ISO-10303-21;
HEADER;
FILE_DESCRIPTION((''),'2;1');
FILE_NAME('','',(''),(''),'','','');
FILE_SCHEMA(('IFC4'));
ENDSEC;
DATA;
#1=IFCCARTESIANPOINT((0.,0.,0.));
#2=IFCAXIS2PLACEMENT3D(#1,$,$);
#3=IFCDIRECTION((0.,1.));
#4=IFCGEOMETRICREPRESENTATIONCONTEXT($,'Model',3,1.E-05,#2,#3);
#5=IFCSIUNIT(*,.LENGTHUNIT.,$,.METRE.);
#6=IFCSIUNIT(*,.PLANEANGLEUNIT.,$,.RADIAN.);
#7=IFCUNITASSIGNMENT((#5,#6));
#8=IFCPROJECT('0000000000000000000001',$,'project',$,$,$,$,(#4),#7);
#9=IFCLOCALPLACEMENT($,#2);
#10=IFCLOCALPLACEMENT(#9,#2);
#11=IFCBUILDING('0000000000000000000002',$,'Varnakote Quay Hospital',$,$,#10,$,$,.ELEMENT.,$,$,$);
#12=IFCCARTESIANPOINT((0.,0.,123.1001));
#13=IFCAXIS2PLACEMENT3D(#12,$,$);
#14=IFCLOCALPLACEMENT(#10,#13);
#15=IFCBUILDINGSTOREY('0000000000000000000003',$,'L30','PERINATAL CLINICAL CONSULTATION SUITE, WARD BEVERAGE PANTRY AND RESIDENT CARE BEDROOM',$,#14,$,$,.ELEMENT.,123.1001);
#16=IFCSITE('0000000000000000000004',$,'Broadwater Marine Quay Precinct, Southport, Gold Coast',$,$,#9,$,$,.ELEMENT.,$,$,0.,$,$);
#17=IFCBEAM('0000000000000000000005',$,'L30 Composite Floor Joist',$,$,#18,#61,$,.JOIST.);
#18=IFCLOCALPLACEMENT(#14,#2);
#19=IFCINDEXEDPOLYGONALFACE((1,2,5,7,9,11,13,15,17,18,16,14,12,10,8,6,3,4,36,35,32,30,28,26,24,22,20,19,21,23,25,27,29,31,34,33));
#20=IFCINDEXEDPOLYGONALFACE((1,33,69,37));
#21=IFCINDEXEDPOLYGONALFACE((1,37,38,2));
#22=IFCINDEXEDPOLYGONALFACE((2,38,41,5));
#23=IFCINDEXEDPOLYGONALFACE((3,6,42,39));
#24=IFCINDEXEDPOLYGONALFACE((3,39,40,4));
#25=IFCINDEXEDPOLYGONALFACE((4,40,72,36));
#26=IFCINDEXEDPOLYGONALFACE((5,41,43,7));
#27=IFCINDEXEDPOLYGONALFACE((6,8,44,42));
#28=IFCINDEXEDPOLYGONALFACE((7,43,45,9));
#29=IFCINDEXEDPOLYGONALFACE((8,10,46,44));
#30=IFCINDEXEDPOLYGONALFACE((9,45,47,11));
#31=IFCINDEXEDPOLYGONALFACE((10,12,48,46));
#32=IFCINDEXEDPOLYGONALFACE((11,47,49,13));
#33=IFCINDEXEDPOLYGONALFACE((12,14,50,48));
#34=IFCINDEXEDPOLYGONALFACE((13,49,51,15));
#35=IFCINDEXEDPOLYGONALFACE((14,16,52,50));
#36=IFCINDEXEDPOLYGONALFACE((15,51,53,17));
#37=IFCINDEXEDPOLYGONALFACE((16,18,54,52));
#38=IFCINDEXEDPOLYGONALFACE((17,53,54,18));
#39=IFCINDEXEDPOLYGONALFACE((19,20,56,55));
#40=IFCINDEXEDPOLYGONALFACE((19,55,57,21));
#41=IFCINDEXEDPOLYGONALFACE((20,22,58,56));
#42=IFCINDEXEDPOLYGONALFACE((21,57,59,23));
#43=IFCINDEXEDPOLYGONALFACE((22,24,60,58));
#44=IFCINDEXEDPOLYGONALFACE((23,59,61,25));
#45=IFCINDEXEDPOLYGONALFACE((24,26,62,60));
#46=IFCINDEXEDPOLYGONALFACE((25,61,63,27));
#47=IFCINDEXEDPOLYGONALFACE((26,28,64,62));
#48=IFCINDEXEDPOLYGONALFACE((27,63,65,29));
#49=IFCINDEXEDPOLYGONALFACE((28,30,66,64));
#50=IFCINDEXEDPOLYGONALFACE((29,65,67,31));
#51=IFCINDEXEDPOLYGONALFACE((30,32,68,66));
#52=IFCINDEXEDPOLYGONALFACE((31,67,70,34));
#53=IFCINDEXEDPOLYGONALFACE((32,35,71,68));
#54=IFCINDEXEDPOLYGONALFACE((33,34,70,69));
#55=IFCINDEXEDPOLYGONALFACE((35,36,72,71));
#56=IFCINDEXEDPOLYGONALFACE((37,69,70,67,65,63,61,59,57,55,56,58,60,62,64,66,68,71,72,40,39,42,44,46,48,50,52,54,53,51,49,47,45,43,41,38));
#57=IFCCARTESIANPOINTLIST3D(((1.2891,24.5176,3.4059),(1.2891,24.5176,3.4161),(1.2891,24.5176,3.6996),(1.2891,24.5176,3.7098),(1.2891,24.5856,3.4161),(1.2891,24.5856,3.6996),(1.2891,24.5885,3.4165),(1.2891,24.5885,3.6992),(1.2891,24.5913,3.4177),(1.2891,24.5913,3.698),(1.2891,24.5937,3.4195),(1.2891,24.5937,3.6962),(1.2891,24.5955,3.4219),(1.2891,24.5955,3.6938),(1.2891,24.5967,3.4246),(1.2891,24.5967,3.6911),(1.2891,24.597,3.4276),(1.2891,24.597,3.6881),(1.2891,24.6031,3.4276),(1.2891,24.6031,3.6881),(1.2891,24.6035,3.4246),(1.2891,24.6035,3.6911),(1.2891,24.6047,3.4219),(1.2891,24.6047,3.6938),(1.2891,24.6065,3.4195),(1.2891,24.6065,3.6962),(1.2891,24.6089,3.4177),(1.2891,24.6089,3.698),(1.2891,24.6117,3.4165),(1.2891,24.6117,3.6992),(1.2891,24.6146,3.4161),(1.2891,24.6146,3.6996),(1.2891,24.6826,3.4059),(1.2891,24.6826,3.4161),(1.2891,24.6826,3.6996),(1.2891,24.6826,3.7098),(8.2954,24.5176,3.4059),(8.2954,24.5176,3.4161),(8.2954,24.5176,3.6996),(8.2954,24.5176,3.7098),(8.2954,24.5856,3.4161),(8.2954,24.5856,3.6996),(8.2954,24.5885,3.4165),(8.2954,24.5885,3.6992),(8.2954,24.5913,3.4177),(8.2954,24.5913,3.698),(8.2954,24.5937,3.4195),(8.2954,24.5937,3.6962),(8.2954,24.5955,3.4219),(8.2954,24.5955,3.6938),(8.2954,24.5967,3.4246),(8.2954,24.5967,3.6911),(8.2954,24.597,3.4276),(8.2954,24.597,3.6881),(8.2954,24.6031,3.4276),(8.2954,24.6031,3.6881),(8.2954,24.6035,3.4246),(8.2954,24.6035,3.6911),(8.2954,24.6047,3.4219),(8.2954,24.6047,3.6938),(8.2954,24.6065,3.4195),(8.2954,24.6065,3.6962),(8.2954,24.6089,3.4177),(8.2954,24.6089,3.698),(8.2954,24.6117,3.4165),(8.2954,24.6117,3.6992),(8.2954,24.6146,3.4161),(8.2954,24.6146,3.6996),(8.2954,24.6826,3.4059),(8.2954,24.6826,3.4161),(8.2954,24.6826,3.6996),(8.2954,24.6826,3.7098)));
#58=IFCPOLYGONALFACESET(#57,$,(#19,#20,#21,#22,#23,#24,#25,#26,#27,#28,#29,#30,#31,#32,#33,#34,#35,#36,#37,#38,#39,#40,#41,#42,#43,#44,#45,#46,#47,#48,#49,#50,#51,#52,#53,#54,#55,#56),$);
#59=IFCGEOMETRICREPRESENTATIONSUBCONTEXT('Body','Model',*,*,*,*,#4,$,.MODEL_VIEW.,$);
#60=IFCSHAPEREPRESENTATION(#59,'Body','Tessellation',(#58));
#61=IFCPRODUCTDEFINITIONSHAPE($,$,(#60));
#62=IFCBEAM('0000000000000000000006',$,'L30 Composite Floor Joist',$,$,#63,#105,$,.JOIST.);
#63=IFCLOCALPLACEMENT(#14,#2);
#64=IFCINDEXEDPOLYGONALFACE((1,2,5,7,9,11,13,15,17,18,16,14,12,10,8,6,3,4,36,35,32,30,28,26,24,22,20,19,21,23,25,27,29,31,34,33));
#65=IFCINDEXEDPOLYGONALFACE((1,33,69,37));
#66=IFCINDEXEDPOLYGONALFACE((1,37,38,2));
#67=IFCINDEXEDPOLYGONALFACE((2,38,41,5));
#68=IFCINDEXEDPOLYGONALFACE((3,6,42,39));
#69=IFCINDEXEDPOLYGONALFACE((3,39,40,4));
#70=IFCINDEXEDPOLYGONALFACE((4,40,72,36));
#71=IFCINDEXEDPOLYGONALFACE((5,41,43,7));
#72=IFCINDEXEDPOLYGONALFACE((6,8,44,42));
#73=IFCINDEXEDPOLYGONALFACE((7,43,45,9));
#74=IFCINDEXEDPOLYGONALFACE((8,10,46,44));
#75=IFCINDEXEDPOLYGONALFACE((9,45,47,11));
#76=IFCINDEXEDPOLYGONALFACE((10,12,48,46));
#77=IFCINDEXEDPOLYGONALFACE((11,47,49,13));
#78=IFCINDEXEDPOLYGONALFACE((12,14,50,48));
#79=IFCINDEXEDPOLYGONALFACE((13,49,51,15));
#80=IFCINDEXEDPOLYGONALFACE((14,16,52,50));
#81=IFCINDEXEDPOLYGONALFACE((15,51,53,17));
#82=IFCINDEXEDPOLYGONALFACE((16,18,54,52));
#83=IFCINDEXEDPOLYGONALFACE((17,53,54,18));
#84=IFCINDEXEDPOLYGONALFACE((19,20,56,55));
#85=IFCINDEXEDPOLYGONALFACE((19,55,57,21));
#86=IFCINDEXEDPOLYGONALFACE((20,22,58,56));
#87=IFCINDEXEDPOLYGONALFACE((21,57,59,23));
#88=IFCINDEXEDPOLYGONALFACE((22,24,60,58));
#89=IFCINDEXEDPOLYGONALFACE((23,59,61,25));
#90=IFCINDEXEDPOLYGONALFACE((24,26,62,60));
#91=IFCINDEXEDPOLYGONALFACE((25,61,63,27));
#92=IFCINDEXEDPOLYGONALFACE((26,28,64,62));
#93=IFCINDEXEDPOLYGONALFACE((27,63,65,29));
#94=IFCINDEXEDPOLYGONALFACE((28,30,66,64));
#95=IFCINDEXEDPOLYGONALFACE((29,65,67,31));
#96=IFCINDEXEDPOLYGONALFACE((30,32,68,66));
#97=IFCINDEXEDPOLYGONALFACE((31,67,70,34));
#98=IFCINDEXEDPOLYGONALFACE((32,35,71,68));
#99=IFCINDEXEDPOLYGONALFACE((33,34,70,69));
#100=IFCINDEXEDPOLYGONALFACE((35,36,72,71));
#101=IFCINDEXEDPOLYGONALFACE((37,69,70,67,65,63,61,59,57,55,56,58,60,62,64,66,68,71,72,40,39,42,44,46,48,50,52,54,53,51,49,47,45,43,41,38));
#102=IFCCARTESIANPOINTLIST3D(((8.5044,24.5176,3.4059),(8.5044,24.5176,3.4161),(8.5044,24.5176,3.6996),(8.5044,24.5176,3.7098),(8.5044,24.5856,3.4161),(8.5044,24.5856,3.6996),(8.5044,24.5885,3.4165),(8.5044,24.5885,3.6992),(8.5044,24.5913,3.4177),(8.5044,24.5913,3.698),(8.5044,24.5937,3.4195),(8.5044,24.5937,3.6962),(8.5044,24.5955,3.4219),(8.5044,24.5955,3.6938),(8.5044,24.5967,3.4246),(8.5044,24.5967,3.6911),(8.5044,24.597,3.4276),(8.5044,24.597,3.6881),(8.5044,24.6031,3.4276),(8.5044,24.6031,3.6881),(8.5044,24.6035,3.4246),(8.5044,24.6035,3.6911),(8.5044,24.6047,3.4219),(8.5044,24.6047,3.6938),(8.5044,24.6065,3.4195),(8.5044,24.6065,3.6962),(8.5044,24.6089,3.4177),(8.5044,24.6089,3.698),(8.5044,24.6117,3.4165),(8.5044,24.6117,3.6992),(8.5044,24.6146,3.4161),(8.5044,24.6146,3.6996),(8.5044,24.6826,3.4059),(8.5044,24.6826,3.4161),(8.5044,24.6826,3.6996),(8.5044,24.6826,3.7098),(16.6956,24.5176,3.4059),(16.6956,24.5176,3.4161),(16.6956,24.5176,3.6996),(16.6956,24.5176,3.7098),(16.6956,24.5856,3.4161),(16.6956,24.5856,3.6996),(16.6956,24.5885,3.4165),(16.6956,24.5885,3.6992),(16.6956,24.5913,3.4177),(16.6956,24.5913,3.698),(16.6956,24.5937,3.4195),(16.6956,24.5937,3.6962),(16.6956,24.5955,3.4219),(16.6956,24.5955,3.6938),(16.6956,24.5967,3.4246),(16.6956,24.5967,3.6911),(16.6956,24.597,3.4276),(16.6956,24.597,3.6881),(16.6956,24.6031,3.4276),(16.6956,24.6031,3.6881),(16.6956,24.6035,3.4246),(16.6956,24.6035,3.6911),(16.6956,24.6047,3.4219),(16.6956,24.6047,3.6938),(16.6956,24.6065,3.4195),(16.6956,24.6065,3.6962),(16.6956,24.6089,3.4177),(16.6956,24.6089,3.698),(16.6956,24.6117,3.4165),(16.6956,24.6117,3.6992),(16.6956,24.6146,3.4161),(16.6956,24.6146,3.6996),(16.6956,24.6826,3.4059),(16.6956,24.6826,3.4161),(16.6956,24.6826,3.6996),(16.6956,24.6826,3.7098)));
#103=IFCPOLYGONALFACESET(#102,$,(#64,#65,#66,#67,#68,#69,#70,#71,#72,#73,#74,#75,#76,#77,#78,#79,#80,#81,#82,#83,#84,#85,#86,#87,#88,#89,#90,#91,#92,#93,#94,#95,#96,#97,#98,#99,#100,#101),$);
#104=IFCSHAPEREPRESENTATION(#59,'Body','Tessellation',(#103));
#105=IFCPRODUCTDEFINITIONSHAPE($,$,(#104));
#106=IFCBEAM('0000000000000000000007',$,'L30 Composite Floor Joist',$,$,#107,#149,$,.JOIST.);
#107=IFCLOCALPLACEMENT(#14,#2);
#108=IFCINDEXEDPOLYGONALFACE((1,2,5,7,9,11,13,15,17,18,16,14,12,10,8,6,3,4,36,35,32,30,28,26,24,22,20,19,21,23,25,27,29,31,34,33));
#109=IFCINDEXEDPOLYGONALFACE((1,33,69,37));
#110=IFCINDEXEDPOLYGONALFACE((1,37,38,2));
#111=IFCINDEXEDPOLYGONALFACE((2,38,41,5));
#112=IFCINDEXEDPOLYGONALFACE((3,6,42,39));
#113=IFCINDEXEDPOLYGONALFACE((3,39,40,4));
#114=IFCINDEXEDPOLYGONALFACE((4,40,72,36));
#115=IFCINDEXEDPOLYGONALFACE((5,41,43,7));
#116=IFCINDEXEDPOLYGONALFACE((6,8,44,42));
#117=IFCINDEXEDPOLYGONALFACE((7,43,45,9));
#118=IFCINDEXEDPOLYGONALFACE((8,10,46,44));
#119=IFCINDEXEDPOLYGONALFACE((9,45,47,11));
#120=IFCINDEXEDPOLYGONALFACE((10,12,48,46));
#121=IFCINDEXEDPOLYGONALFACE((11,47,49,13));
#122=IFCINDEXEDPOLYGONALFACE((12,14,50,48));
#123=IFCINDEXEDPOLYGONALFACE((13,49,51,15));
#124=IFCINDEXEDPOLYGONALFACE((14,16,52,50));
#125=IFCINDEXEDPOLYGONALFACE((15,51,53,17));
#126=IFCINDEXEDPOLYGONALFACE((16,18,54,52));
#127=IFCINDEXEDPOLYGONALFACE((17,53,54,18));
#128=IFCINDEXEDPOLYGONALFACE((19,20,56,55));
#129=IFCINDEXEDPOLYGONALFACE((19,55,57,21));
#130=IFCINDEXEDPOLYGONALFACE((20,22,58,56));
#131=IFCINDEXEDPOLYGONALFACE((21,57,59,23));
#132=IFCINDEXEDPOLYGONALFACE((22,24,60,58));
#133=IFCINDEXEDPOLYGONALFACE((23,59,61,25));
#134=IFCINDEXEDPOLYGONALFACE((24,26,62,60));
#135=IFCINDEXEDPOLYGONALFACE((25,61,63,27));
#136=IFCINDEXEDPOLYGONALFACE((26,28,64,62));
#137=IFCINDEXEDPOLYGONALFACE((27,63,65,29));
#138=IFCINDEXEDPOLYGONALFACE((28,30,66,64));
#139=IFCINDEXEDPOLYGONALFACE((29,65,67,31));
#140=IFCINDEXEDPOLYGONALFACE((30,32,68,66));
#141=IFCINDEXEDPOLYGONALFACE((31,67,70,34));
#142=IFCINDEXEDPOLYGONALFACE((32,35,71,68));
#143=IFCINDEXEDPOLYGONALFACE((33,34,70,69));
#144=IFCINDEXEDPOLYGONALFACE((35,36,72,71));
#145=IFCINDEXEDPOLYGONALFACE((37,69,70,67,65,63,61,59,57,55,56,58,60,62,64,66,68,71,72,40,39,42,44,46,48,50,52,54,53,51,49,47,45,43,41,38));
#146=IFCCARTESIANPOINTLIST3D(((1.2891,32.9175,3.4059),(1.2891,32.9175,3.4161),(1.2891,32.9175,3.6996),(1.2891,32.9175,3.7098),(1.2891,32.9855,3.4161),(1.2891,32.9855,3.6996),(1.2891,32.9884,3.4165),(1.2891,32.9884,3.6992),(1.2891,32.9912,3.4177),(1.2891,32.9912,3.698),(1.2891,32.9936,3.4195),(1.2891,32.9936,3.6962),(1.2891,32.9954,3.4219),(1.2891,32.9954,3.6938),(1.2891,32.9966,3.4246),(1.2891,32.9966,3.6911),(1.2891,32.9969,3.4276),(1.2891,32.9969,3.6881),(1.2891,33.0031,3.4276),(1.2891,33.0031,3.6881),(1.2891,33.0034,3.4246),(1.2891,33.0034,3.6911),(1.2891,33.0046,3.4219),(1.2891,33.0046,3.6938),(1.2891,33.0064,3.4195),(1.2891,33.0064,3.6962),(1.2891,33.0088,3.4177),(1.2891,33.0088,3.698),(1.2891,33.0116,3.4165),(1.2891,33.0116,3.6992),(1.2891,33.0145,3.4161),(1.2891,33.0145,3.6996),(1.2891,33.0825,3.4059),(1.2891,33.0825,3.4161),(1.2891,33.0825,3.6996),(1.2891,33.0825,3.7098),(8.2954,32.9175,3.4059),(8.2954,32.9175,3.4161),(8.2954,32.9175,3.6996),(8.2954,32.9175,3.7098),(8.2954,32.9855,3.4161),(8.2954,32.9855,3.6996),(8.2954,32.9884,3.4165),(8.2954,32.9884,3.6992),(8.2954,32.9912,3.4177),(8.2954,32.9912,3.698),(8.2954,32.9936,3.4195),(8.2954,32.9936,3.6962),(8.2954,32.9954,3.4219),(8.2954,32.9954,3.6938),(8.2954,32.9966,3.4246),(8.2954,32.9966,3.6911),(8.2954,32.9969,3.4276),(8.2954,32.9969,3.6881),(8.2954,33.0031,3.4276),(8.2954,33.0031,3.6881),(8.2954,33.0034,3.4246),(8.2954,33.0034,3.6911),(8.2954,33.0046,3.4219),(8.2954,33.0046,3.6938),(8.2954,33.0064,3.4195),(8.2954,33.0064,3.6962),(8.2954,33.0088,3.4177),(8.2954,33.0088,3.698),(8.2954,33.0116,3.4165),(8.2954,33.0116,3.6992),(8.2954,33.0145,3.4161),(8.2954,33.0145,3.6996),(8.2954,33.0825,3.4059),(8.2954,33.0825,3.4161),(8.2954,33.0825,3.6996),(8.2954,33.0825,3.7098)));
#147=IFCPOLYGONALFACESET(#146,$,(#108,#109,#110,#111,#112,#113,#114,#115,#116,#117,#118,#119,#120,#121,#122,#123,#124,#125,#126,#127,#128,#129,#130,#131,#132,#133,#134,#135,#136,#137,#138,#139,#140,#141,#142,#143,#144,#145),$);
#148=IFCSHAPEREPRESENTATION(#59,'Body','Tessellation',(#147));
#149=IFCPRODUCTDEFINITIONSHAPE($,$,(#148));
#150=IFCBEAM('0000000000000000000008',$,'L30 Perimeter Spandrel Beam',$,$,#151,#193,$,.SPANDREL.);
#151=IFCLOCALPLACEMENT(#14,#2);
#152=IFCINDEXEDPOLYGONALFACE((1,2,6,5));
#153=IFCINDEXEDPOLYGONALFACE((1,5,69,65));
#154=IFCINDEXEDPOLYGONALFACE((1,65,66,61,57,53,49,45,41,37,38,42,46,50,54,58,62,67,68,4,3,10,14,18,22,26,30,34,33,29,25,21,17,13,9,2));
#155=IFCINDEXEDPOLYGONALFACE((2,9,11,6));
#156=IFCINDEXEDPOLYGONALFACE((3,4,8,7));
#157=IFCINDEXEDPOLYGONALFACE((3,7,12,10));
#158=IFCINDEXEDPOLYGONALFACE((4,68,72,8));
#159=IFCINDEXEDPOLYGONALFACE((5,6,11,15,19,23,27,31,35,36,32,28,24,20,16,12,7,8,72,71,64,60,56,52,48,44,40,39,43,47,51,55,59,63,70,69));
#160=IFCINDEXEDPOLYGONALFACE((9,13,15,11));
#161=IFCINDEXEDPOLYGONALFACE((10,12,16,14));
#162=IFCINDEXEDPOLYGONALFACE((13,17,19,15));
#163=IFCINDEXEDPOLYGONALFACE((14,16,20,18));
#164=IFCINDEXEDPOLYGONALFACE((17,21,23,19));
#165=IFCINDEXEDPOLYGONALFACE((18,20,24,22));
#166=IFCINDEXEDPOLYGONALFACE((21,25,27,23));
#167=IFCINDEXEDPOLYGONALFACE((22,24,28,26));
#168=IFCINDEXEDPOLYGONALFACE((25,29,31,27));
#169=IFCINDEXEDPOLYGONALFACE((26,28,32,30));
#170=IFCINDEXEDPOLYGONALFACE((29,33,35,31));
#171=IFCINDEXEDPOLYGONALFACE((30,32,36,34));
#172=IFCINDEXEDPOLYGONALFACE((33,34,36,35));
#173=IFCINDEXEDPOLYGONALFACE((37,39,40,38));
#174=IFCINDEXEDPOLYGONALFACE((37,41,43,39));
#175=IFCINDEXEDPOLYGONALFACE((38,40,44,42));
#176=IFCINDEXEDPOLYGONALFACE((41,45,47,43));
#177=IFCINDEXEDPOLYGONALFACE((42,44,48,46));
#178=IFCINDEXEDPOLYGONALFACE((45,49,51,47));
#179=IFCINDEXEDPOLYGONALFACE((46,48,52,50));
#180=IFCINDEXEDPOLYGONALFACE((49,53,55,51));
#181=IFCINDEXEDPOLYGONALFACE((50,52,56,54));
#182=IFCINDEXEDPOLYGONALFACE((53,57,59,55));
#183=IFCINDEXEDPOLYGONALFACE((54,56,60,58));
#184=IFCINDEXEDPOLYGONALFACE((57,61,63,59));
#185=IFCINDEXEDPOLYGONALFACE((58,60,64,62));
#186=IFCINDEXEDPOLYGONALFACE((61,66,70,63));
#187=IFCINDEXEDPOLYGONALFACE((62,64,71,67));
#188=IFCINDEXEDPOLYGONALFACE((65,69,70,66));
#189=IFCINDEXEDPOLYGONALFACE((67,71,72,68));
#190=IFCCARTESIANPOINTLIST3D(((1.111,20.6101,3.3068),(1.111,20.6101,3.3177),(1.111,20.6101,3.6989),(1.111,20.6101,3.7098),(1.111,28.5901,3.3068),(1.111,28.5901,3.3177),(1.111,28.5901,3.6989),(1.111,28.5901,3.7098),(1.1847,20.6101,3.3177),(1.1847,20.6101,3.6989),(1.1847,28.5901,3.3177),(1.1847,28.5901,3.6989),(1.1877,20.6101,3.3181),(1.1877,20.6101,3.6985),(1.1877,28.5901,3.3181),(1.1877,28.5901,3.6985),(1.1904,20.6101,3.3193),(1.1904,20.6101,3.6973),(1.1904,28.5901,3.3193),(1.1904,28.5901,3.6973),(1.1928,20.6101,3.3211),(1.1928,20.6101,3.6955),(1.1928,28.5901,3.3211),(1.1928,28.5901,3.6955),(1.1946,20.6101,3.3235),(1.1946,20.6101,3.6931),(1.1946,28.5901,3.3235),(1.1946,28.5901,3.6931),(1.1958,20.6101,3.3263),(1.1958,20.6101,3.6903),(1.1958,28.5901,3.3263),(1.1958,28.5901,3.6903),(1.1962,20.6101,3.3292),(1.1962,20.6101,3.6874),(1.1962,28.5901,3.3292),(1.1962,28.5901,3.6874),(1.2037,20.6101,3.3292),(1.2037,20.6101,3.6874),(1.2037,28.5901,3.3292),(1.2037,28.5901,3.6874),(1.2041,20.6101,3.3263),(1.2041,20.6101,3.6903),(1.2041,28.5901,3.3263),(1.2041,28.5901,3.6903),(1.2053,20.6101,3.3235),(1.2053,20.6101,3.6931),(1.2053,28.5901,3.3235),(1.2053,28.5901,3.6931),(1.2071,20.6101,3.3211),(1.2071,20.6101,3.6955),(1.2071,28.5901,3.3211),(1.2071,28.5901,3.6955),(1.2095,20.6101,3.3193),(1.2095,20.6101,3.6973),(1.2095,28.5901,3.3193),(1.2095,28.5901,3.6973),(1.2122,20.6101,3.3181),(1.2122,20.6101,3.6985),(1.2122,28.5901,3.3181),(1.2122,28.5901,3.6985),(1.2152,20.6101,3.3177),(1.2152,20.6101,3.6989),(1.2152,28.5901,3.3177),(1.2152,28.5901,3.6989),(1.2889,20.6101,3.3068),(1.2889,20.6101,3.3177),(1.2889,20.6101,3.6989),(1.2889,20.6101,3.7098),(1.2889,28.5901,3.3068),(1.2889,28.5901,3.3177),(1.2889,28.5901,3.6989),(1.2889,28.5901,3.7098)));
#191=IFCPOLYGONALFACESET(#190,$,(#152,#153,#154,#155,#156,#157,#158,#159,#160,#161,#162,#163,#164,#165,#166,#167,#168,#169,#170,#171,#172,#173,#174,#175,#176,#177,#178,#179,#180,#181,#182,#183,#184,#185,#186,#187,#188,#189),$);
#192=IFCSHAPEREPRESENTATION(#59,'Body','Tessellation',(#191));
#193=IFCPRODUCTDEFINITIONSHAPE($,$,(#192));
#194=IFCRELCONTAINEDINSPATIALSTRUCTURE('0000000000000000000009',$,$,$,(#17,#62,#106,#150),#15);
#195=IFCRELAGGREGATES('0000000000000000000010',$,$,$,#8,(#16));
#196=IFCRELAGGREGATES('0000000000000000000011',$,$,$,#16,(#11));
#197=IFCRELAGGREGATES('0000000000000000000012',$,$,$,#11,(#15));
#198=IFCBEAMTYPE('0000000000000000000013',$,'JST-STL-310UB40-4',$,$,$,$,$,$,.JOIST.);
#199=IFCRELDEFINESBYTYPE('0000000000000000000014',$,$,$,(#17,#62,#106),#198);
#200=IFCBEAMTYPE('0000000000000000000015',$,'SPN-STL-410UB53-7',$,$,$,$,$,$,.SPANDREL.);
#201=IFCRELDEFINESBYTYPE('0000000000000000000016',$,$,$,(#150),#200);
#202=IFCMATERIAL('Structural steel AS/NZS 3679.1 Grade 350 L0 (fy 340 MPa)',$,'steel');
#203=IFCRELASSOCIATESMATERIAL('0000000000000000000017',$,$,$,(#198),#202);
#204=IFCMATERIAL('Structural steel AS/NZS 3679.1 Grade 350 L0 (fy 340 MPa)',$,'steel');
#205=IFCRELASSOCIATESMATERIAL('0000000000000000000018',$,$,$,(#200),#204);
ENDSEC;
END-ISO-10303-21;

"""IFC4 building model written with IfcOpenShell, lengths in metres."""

from ifc_helpers import new_model, si_unit, direction, frame, origin, origin_2d, place, context, subcontext, project, spatial, i_section, extrude, material, material_profile, profile_set, type_object, element, save


model = new_model("IFC4")

# Units and contexts
model_context = context("Model", 3, precision=1e-05, world=origin(), true_north=direction((0.0, 1.0)))
body_context = subcontext(model_context, "Body", "Model", "MODEL_VIEW")
ifc_project = project(units=[si_unit("LENGTHUNIT", "METRE"), si_unit("PLANEANGLEUNIT", "RADIAN")], contexts=[model_context])

# Site, building, storey
site_placement = place(None, origin())
site = spatial("IfcSite", under=ifc_project, at=site_placement, Name="Broadwater Marine Quay Precinct, Southport, Gold Coast", CompositionType="ELEMENT", RefElevation=0.0)
building_placement = place(site_placement, origin())
building = spatial("IfcBuilding", under=site, at=building_placement, Name="Varnakote Quay Hospital", CompositionType="ELEMENT")
storey_placement = place(building_placement, frame((0.0, 0.0, 123.1001)))
storey = spatial("IfcBuildingStorey", under=building, at=storey_placement, Name="L30", Description="PERINATAL CLINICAL CONSULTATION SUITE, WARD BEVERAGE PANTRY AND RESIDENT CARE BEDROOM", CompositionType="ELEMENT", Elevation=123.1001)

# Beams
ifc_material_1 = material(Name="Structural steel AS/NZS 3679.1 Grade 350 L0 (fy 340 MPa)", Category="steel")
ifc_material_profile_1 = material_profile(ifc_material_1, i_section(OverallWidth=0.165, OverallDepth=0.304, WebThickness=0.0061, FlangeThickness=0.0103, FilletRadius=0.0115, at=origin_2d()), Name="310UB40.4")
ifc_profile_set_1 = profile_set([ifc_material_profile_1], Name="Structural steel AS/NZS 3679.1 Grade 350 L0 (fy 340 MPa)")
beam_type_1 = type_object("IfcBeamType", Name="JST-STL-310UB40-4", PredefinedType="JOIST", material=ifc_profile_set_1)
beam_1_placement = place(storey_placement, frame((1.2891, 24.6001, 3.5579), z_axis=(1.0, 0.0, 0.0), x_axis=(0.0, 1.0, 0.0)))
element("IfcBeam", 1, at=beam_1_placement, inside=storey, type_object=beam_type_1, Name="L30 Composite Floor Joist", PredefinedType="JOIST", context=body_context, shape_type="SweptSolid", body=[
    extrude(i_section(OverallWidth=0.165, OverallDepth=0.304, WebThickness=0.0061, FlangeThickness=0.0103, FilletRadius=0.0115, at=origin_2d()), origin(), (0.0, 0.0, 1.0), 7.0063),
])
beam_2_placement = place(storey_placement, frame((8.5044, 24.6001, 3.5579), z_axis=(1.0, 0.0, 0.0), x_axis=(0.0, 1.0, 0.0)))
element("IfcBeam", 2, at=beam_2_placement, inside=storey, type_object=beam_type_1, Name="L30 Composite Floor Joist", PredefinedType="JOIST", context=body_context, shape_type="SweptSolid", body=[
    extrude(i_section(OverallWidth=0.165, OverallDepth=0.304, WebThickness=0.0061, FlangeThickness=0.0103, FilletRadius=0.0115, at=origin_2d()), origin(), (0.0, 0.0, 1.0), 8.1912),
])
beam_3_placement = place(storey_placement, frame((1.2891, 33.0, 3.5579), z_axis=(1.0, 0.0, 0.0), x_axis=(0.0, 1.0, 0.0)))
element("IfcBeam", 3, at=beam_3_placement, inside=storey, type_object=beam_type_1, Name="L30 Composite Floor Joist", PredefinedType="JOIST", context=body_context, shape_type="SweptSolid", body=[
    extrude(i_section(OverallWidth=0.165, OverallDepth=0.304, WebThickness=0.0061, FlangeThickness=0.0103, FilletRadius=0.0115, at=origin_2d()), origin(), (0.0, 0.0, 1.0), 7.0063),
])
ifc_material_2 = material(Name="Structural steel AS/NZS 3679.1 Grade 350 L0 (fy 340 MPa)", Category="steel")
ifc_material_profile_2 = material_profile(ifc_material_2, i_section(OverallWidth=0.178, OverallDepth=0.4031, WebThickness=0.0076, FlangeThickness=0.011, FilletRadius=0.0115, at=origin_2d()), Name="410UB53.7")
ifc_profile_set_2 = profile_set([ifc_material_profile_2], Name="Structural steel AS/NZS 3679.1 Grade 350 L0 (fy 340 MPa)")
beam_type_2 = type_object("IfcBeamType", Name="SPN-STL-410UB53-7", PredefinedType="SPANDREL", material=ifc_profile_set_2)
beam_4_placement = place(storey_placement, frame((1.2, 20.6101, 3.5083), z_axis=(0.0, 1.0, 0.0), x_axis=(-1.0, 0.0, 0.0)))
element("IfcBeam", 4, at=beam_4_placement, inside=storey, type_object=beam_type_2, Name="L30 Perimeter Spandrel Beam", PredefinedType="SPANDREL", context=body_context, shape_type="SweptSolid", body=[
    extrude(i_section(OverallWidth=0.178, OverallDepth=0.4031, WebThickness=0.0076, FlangeThickness=0.011, FilletRadius=0.0115, at=origin_2d()), origin(), (0.0, 0.0, 1.0), 7.98),
])

save(model, "model.ifc")
